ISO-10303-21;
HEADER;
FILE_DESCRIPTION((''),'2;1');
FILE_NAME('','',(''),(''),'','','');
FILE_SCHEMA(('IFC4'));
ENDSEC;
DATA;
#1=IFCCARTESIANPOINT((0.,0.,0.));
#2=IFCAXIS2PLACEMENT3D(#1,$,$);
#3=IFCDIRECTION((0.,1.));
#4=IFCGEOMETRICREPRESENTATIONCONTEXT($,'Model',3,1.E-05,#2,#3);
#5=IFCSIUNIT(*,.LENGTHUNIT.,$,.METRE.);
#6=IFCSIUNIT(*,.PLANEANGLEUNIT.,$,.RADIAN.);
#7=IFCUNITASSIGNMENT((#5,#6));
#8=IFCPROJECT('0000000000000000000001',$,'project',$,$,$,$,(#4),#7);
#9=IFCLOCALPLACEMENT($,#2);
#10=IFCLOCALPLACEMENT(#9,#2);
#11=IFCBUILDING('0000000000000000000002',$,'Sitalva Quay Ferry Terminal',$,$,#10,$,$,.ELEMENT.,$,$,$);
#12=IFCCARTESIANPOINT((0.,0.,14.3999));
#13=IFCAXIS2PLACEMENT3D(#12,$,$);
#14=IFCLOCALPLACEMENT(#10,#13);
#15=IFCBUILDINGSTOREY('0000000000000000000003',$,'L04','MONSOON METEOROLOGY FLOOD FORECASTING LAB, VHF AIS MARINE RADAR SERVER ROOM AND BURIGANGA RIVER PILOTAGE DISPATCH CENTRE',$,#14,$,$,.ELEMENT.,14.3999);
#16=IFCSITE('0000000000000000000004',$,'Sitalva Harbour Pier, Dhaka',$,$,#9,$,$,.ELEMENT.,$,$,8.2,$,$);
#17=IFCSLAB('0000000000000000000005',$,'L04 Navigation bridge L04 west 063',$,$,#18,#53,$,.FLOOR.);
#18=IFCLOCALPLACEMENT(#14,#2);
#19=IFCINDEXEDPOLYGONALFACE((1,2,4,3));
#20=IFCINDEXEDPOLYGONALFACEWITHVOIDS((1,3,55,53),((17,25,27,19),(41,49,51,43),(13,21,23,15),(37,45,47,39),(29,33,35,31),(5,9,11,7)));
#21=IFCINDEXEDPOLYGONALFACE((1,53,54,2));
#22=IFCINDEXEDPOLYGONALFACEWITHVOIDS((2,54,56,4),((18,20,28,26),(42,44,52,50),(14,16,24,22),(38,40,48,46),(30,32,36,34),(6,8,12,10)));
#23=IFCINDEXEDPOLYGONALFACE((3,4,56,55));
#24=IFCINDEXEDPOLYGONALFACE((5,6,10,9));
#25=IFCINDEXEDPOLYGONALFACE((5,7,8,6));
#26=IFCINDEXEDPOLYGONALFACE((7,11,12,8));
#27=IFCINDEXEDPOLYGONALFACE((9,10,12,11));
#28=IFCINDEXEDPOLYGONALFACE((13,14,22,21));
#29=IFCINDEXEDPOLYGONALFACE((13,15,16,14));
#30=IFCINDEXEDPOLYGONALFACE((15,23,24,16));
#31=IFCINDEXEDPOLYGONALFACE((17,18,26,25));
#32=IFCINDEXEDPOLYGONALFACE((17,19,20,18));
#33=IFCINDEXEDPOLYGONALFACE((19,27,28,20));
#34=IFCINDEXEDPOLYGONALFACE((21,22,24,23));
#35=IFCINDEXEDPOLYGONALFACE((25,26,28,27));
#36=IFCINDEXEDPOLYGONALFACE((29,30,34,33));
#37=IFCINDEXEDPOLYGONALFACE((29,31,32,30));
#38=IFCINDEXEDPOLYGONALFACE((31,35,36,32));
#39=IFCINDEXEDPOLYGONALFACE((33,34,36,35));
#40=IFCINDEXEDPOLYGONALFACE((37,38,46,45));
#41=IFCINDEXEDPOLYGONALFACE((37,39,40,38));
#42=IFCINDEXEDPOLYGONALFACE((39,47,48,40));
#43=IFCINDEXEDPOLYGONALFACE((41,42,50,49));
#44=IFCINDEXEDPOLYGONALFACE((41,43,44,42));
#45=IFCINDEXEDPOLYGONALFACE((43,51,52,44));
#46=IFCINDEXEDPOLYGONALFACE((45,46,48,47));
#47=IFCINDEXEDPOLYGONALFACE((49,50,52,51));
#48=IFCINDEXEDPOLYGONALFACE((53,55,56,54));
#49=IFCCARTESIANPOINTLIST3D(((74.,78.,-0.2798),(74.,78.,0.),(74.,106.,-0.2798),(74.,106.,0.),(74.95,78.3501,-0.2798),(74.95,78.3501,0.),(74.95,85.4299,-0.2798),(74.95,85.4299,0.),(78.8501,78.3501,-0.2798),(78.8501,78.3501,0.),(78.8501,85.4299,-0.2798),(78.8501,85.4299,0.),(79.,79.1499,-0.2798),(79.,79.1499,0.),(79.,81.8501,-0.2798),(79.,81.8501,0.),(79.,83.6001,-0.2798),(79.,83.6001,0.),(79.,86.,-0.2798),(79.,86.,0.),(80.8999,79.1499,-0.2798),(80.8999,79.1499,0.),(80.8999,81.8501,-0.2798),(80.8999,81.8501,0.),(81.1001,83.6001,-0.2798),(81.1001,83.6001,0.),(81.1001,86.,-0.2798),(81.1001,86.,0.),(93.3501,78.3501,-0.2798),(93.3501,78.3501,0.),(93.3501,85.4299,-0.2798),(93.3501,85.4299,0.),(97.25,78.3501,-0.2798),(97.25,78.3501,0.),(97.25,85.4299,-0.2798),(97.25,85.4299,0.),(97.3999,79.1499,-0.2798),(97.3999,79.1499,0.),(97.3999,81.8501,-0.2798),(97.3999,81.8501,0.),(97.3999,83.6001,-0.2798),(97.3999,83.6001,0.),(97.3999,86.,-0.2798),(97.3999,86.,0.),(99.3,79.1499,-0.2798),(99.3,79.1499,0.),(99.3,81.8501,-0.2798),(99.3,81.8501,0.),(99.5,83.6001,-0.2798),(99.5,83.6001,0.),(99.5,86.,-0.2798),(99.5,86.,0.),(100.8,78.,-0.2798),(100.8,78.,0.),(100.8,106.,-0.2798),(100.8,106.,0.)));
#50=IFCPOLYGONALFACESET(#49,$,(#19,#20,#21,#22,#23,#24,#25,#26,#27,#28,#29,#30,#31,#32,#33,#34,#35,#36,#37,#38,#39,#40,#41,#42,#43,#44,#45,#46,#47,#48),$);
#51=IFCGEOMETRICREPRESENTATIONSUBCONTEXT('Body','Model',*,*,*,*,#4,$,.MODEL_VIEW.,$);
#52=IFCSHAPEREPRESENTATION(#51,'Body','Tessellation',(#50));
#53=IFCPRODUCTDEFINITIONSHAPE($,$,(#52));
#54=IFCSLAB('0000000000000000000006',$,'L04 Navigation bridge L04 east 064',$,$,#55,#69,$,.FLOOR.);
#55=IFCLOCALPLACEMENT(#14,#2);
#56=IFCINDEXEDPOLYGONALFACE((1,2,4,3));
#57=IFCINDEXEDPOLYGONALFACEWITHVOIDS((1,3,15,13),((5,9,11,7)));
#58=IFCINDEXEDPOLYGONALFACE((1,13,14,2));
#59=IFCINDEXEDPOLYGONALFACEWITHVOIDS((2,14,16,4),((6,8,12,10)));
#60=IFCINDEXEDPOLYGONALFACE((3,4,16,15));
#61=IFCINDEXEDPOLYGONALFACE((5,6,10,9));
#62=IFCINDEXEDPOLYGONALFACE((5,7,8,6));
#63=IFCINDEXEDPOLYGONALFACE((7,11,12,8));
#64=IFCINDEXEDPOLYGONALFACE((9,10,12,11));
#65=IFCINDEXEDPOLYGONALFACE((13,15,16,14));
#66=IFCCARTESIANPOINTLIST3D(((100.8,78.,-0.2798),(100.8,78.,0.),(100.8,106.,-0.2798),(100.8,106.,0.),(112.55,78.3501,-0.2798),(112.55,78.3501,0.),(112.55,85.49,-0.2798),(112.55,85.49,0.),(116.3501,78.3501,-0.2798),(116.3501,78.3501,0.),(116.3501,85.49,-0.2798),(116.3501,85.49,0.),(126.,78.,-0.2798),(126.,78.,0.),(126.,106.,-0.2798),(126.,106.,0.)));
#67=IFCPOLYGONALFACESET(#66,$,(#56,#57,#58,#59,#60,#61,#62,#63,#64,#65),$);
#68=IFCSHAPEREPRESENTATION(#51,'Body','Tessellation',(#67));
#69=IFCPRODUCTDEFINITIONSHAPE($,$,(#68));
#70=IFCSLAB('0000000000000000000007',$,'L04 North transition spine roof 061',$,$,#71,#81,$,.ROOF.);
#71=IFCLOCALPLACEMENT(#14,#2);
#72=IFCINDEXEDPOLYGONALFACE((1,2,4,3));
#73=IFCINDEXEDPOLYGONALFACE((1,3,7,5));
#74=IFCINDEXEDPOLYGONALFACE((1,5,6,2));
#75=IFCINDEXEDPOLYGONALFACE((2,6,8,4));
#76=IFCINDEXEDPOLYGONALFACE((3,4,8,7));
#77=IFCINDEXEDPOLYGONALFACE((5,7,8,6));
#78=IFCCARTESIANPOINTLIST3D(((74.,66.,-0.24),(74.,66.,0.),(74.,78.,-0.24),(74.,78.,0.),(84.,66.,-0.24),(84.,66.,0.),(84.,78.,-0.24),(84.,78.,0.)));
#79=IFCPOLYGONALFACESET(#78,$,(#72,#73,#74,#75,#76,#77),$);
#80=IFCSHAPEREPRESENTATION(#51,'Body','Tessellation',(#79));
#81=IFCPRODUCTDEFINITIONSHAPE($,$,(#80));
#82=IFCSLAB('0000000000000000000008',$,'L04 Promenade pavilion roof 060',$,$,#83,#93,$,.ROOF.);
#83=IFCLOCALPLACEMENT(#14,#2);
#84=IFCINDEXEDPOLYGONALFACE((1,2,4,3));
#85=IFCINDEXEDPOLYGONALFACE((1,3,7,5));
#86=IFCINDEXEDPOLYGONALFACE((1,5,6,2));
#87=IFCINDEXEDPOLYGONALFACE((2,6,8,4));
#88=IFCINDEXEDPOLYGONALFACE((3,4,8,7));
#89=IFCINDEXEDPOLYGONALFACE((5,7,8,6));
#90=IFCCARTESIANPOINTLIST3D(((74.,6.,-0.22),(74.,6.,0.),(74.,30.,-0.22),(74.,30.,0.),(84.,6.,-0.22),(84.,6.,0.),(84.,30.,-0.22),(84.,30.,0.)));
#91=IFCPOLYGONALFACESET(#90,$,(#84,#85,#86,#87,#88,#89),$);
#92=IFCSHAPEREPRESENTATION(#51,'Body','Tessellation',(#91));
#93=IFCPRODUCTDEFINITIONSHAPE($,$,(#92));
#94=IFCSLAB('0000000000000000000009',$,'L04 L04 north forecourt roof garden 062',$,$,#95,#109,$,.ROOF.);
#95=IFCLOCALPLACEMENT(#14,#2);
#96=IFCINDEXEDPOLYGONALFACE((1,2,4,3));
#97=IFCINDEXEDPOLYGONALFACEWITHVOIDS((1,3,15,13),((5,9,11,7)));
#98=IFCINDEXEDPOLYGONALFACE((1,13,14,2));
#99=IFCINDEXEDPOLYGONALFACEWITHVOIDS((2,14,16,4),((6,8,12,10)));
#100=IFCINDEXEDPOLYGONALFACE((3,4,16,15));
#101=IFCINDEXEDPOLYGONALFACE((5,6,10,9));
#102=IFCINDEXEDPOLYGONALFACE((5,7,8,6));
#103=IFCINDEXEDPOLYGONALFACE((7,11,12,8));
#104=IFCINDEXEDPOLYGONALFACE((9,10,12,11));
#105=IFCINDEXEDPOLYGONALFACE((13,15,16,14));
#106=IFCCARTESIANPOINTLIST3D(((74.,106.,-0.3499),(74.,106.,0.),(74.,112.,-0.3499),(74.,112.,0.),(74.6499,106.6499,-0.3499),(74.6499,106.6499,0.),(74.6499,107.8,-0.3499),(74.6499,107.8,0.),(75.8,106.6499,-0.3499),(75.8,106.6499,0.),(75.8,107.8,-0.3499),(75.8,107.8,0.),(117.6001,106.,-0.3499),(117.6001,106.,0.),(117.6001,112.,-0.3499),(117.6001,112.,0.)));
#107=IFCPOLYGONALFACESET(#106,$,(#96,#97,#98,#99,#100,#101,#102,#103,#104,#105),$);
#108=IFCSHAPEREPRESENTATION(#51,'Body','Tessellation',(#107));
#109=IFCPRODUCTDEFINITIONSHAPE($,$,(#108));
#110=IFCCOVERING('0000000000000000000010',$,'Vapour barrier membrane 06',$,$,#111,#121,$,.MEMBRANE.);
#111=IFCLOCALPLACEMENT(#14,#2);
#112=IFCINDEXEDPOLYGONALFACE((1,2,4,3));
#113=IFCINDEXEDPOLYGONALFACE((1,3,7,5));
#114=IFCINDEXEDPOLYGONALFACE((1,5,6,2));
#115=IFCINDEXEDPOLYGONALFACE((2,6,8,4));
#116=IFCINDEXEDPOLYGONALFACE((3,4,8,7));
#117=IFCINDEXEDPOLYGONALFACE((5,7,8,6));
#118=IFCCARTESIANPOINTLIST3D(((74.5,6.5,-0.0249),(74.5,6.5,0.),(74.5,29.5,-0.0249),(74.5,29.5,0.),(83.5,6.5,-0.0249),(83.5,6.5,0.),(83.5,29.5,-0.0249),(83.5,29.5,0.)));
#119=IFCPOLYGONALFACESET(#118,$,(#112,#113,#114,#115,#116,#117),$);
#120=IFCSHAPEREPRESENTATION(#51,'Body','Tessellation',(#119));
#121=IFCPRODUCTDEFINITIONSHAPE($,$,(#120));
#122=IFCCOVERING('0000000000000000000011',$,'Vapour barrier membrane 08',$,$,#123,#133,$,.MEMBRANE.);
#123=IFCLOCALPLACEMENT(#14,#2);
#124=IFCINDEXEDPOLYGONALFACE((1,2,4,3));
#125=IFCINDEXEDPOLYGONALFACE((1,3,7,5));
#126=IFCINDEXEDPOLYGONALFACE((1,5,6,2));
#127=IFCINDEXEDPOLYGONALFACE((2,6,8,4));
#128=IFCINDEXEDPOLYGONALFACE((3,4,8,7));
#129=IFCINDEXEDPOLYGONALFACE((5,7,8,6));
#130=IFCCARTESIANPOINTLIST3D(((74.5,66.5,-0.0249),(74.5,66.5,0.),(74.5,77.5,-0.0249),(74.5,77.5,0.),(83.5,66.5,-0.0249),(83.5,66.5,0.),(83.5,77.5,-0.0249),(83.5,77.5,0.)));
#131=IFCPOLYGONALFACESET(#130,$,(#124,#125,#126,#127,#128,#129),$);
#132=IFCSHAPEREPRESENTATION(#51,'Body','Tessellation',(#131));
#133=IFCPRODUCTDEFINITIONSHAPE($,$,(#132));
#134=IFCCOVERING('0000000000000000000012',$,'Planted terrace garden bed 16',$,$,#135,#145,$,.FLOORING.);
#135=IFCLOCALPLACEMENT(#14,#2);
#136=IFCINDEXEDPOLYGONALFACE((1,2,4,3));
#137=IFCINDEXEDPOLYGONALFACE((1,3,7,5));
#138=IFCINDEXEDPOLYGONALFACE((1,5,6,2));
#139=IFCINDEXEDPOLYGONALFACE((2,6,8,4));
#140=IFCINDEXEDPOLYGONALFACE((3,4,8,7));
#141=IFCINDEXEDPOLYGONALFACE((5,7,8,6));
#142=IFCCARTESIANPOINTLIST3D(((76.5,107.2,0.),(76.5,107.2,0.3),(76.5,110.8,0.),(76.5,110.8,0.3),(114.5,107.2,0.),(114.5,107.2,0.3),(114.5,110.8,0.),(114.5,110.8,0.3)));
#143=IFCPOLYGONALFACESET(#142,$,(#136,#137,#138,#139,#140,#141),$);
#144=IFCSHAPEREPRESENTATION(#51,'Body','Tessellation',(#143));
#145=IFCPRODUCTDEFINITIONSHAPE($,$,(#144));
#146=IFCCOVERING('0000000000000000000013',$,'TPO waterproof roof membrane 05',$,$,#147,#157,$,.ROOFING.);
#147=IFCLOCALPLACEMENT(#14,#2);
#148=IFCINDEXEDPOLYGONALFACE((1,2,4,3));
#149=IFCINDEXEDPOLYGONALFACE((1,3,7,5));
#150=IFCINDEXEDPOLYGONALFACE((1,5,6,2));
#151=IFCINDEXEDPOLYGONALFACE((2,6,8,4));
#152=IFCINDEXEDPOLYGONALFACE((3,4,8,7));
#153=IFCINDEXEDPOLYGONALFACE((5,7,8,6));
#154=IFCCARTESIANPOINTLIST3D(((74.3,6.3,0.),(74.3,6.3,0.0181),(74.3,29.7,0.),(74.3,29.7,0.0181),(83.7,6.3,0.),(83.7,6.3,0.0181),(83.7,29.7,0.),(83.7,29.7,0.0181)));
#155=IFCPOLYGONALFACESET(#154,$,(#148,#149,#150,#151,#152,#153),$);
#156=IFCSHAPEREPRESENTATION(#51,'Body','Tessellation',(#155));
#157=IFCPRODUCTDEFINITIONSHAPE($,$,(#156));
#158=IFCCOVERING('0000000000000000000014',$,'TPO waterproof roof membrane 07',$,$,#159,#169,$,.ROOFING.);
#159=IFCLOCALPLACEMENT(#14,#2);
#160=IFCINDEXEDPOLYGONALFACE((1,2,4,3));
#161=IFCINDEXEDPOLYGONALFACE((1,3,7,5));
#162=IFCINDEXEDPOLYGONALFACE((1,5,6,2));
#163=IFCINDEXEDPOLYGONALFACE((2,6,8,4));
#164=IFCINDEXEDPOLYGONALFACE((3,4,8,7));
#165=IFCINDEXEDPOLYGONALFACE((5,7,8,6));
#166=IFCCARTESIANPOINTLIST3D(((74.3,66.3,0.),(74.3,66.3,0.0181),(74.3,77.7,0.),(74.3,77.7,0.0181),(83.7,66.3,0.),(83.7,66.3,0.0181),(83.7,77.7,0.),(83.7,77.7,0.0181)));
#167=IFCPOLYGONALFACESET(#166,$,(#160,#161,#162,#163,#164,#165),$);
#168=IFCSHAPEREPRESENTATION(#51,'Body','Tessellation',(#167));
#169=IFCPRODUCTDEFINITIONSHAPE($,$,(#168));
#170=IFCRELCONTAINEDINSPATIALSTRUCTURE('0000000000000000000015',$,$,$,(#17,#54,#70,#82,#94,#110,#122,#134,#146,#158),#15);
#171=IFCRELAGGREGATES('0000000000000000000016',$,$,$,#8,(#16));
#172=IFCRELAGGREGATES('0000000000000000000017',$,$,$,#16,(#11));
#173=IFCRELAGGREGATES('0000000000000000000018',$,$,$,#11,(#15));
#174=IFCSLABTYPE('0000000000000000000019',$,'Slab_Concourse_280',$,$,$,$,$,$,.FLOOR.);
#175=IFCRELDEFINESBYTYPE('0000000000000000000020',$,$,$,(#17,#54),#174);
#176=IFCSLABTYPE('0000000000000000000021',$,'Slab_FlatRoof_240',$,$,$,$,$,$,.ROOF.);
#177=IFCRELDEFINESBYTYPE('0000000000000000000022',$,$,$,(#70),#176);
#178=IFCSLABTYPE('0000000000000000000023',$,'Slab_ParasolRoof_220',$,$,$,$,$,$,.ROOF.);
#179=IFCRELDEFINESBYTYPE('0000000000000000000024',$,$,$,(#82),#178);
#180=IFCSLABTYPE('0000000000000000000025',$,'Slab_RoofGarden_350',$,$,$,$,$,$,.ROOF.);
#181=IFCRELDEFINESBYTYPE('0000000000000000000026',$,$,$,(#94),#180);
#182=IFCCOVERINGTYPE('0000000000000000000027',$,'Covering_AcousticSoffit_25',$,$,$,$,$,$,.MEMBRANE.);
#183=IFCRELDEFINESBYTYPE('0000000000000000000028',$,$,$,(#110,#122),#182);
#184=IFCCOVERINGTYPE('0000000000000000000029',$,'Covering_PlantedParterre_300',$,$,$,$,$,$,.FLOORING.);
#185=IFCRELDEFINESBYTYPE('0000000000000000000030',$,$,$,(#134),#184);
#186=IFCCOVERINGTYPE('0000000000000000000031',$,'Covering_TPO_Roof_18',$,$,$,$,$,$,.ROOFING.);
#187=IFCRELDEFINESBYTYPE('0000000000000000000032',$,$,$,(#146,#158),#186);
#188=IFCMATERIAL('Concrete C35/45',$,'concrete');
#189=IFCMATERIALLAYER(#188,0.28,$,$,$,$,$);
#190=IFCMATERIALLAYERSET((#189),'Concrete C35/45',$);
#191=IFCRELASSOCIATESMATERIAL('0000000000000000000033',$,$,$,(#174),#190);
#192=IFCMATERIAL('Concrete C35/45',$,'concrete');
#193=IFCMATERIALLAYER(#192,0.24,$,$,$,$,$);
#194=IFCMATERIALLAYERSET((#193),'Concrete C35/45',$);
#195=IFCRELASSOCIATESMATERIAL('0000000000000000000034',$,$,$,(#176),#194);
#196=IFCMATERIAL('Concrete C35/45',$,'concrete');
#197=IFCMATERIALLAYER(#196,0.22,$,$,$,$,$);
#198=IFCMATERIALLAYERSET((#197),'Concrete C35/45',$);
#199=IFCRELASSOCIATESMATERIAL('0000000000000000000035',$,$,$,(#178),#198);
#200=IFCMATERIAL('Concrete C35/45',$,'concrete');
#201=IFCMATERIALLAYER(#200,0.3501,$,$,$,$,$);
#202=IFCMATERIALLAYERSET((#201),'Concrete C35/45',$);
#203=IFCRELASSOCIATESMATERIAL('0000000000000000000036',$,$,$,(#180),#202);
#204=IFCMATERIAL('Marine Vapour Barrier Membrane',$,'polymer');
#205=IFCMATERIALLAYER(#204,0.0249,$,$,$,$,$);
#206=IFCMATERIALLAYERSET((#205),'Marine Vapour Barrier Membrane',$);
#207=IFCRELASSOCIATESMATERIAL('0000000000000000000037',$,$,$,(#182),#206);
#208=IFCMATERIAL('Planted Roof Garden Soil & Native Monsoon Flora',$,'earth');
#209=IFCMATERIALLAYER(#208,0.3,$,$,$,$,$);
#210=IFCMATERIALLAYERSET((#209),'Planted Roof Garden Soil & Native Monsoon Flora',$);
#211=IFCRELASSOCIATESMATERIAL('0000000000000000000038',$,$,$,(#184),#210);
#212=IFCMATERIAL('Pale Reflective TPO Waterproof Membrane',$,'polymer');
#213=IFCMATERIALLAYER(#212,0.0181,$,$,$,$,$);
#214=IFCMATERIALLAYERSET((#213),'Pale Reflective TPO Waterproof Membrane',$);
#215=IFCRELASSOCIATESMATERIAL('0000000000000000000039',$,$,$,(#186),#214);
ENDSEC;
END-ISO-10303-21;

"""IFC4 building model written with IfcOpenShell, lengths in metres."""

from ifc_helpers import new_model, si_unit, direction, frame, origin, place, context, subcontext, project, spatial, polyline, outline, extrude, material, layer, layer_set, type_object, element, save


model = new_model("IFC4")

# Units and contexts
model_context = context("Model", 3, precision=1e-05, world=origin(), true_north=direction((0.0, 1.0)))
body_context = subcontext(model_context, "Body", "Model", "MODEL_VIEW")
ifc_project = project(units=[si_unit("LENGTHUNIT", "METRE"), si_unit("PLANEANGLEUNIT", "RADIAN")], contexts=[model_context])

# Site, building, storey
site_placement = place(None, origin())
site = spatial("IfcSite", under=ifc_project, at=site_placement, Name="Sitalva Harbour Pier, Dhaka", CompositionType="ELEMENT", RefElevation=8.2)
building_placement = place(site_placement, origin())
building = spatial("IfcBuilding", under=site, at=building_placement, Name="Sitalva Quay Ferry Terminal", CompositionType="ELEMENT")
storey_placement = place(building_placement, frame((0.0, 0.0, 14.3999)))
storey = spatial("IfcBuildingStorey", under=building, at=storey_placement, Name="L04", Description="MONSOON METEOROLOGY FLOOD FORECASTING LAB, VHF AIS MARINE RADAR SERVER ROOM AND BURIGANGA RIVER PILOTAGE DISPATCH CENTRE", CompositionType="ELEMENT", Elevation=14.3999)

# Slabs
ifc_material_1 = material(Name="Concrete C35/45", Category="concrete")
ifc_layer_1 = layer(ifc_material_1, 0.28)
ifc_layer_set_1 = layer_set([ifc_layer_1], Name="Concrete C35/45")
slab_type_1 = type_object("IfcSlabType", Name="Slab_Concourse_280", PredefinedType="FLOOR", material=ifc_layer_set_1)
slab_1_placement = place(storey_placement, frame((0.0, 0.0, -0.2798)))
element("IfcSlab", 1, at=slab_1_placement, inside=storey, type_object=slab_type_1, Name="L04 Navigation bridge L04 west 063", PredefinedType="FLOOR", context=body_context, shape_type="SweptSolid", body=[
    extrude(outline(polyline([(74.0, 78.0), (100.8, 78.0), (100.8, 106.0), (74.0, 106.0), (74.0, 78.0)]), holes=[polyline([(74.95, 78.3501), (74.95, 85.4299), (78.8501, 85.4299), (78.8501, 78.3501), (74.95, 78.3501)]), polyline([(79.0, 79.1499), (79.0, 81.8501), (80.8999, 81.8501), (80.8999, 79.1499), (79.0, 79.1499)]), polyline([(79.0, 83.6001), (79.0, 86.0), (81.1001, 86.0), (81.1001, 83.6001), (79.0, 83.6001)]), polyline([(93.3501, 78.3501), (93.3501, 85.4299), (97.25, 85.4299), (97.25, 78.3501), (93.3501, 78.3501)]), polyline([(97.3999, 79.1499), (97.3999, 81.8501), (99.3, 81.8501), (99.3, 79.1499), (97.3999, 79.1499)]), polyline([(97.3999, 83.6001), (97.3999, 86.0), (99.5, 86.0), (99.5, 83.6001), (97.3999, 83.6001)])]), origin(), (0.0, 0.0, 1.0), 0.2798),
])
slab_2_placement = place(storey_placement, frame((0.0, 0.0, -0.2798)))
element("IfcSlab", 2, at=slab_2_placement, inside=storey, type_object=slab_type_1, Name="L04 Navigation bridge L04 east 064", PredefinedType="FLOOR", context=body_context, shape_type="SweptSolid", body=[
    extrude(outline(polyline([(100.8, 78.0), (126.0, 78.0), (126.0, 106.0), (100.8, 106.0), (100.8, 78.0)]), holes=[polyline([(112.55, 78.3501), (112.55, 85.49), (116.3501, 85.49), (116.3501, 78.3501), (112.55, 78.3501)])]), origin(), (0.0, 0.0, 1.0), 0.2798),
])
ifc_material_2 = material(Name="Concrete C35/45", Category="concrete")
ifc_layer_2 = layer(ifc_material_2, 0.24)
ifc_layer_set_2 = layer_set([ifc_layer_2], Name="Concrete C35/45")
slab_type_2 = type_object("IfcSlabType", Name="Slab_FlatRoof_240", PredefinedType="ROOF", material=ifc_layer_set_2)
slab_3_placement = place(storey_placement, frame((0.0, 0.0, -0.24)))
element("IfcSlab", 3, at=slab_3_placement, inside=storey, type_object=slab_type_2, Name="L04 North transition spine roof 061", PredefinedType="ROOF", context=body_context, shape_type="SweptSolid", body=[
    extrude(outline(polyline([(74.0, 66.0), (84.0, 66.0), (84.0, 78.0), (74.0, 78.0), (74.0, 66.0)])), origin(), (0.0, 0.0, 1.0), 0.24),
])
ifc_material_3 = material(Name="Concrete C35/45", Category="concrete")
ifc_layer_3 = layer(ifc_material_3, 0.22)
ifc_layer_set_3 = layer_set([ifc_layer_3], Name="Concrete C35/45")
slab_type_3 = type_object("IfcSlabType", Name="Slab_ParasolRoof_220", PredefinedType="ROOF", material=ifc_layer_set_3)
slab_4_placement = place(storey_placement, frame((0.0, 0.0, -0.22)))
element("IfcSlab", 4, at=slab_4_placement, inside=storey, type_object=slab_type_3, Name="L04 Promenade pavilion roof 060", PredefinedType="ROOF", context=body_context, shape_type="SweptSolid", body=[
    extrude(outline(polyline([(74.0, 6.0), (84.0, 6.0), (84.0, 30.0), (74.0, 30.0), (74.0, 6.0)])), origin(), (0.0, 0.0, 1.0), 0.22),
])
ifc_material_4 = material(Name="Concrete C35/45", Category="concrete")
ifc_layer_4 = layer(ifc_material_4, 0.3501)
ifc_layer_set_4 = layer_set([ifc_layer_4], Name="Concrete C35/45")
slab_type_4 = type_object("IfcSlabType", Name="Slab_RoofGarden_350", PredefinedType="ROOF", material=ifc_layer_set_4)
slab_5_placement = place(storey_placement, frame((0.0, 0.0, -0.3499)))
element("IfcSlab", 5, at=slab_5_placement, inside=storey, type_object=slab_type_4, Name="L04 L04 north forecourt roof garden 062", PredefinedType="ROOF", context=body_context, shape_type="SweptSolid", body=[
    extrude(outline(polyline([(74.0, 106.0), (117.6001, 106.0), (117.6001, 112.0), (74.0, 112.0), (74.0, 106.0)]), holes=[polyline([(74.6499, 106.6499), (74.6499, 107.8), (75.8, 107.8), (75.8, 106.6499), (74.6499, 106.6499)])]), origin(), (0.0, 0.0, 1.0), 0.3499),
])

# Coverings
ifc_material_5 = material(Name="Marine Vapour Barrier Membrane", Category="polymer")
ifc_layer_5 = layer(ifc_material_5, 0.0249)
ifc_layer_set_5 = layer_set([ifc_layer_5], Name="Marine Vapour Barrier Membrane")
covering_type_1 = type_object("IfcCoveringType", Name="Covering_AcousticSoffit_25", PredefinedType="MEMBRANE", material=ifc_layer_set_5)
covering_1_placement = place(storey_placement, frame((0.0, 0.0, -0.0249)))
element("IfcCovering", 6, at=covering_1_placement, inside=storey, type_object=covering_type_1, Name="Vapour barrier membrane 06", PredefinedType="MEMBRANE", context=body_context, shape_type="SweptSolid", body=[
    extrude(outline(polyline([(74.5, 6.5), (83.5, 6.5), (83.5, 29.5), (74.5, 29.5), (74.5, 6.5)])), origin(), (0.0, 0.0, 1.0), 0.0249),
])
covering_2_placement = place(storey_placement, frame((0.0, 0.0, -0.0249)))
element("IfcCovering", 7, at=covering_2_placement, inside=storey, type_object=covering_type_1, Name="Vapour barrier membrane 08", PredefinedType="MEMBRANE", context=body_context, shape_type="SweptSolid", body=[
    extrude(outline(polyline([(74.5, 66.5), (83.5, 66.5), (83.5, 77.5), (74.5, 77.5), (74.5, 66.5)])), origin(), (0.0, 0.0, 1.0), 0.0249),
])
ifc_material_6 = material(Name="Planted Roof Garden Soil & Native Monsoon Flora", Category="earth")
ifc_layer_6 = layer(ifc_material_6, 0.3)
ifc_layer_set_6 = layer_set([ifc_layer_6], Name="Planted Roof Garden Soil & Native Monsoon Flora")
covering_type_2 = type_object("IfcCoveringType", Name="Covering_PlantedParterre_300", PredefinedType="FLOORING", material=ifc_layer_set_6)
covering_3_placement = place(storey_placement, origin())
element("IfcCovering", 8, at=covering_3_placement, inside=storey, type_object=covering_type_2, Name="Planted terrace garden bed 16", PredefinedType="FLOORING", context=body_context, shape_type="SweptSolid", body=[
    extrude(outline(polyline([(76.5, 107.2), (114.5, 107.2), (114.5, 110.8), (76.5, 110.8), (76.5, 107.2)])), origin(), (0.0, 0.0, 1.0), 0.3),
])
ifc_material_7 = material(Name="Pale Reflective TPO Waterproof Membrane", Category="polymer")
ifc_layer_7 = layer(ifc_material_7, 0.0181)
ifc_layer_set_7 = layer_set([ifc_layer_7], Name="Pale Reflective TPO Waterproof Membrane")
covering_type_3 = type_object("IfcCoveringType", Name="Covering_TPO_Roof_18", PredefinedType="ROOFING", material=ifc_layer_set_7)
covering_4_placement = place(storey_placement, origin())
element("IfcCovering", 9, at=covering_4_placement, inside=storey, type_object=covering_type_3, Name="TPO waterproof roof membrane 05", PredefinedType="ROOFING", context=body_context, shape_type="SweptSolid", body=[
    extrude(outline(polyline([(74.3, 6.3), (83.7, 6.3), (83.7, 29.7), (74.3, 29.7), (74.3, 6.3)])), origin(), (0.0, 0.0, 1.0), 0.0181),
])
covering_5_placement = place(storey_placement, origin())
element("IfcCovering", 10, at=covering_5_placement, inside=storey, type_object=covering_type_3, Name="TPO waterproof roof membrane 07", PredefinedType="ROOFING", context=body_context, shape_type="SweptSolid", body=[
    extrude(outline(polyline([(74.3, 66.3), (83.7, 66.3), (83.7, 77.7), (74.3, 77.7), (74.3, 66.3)])), origin(), (0.0, 0.0, 1.0), 0.0181),
])

save(model, "model.ifc")
